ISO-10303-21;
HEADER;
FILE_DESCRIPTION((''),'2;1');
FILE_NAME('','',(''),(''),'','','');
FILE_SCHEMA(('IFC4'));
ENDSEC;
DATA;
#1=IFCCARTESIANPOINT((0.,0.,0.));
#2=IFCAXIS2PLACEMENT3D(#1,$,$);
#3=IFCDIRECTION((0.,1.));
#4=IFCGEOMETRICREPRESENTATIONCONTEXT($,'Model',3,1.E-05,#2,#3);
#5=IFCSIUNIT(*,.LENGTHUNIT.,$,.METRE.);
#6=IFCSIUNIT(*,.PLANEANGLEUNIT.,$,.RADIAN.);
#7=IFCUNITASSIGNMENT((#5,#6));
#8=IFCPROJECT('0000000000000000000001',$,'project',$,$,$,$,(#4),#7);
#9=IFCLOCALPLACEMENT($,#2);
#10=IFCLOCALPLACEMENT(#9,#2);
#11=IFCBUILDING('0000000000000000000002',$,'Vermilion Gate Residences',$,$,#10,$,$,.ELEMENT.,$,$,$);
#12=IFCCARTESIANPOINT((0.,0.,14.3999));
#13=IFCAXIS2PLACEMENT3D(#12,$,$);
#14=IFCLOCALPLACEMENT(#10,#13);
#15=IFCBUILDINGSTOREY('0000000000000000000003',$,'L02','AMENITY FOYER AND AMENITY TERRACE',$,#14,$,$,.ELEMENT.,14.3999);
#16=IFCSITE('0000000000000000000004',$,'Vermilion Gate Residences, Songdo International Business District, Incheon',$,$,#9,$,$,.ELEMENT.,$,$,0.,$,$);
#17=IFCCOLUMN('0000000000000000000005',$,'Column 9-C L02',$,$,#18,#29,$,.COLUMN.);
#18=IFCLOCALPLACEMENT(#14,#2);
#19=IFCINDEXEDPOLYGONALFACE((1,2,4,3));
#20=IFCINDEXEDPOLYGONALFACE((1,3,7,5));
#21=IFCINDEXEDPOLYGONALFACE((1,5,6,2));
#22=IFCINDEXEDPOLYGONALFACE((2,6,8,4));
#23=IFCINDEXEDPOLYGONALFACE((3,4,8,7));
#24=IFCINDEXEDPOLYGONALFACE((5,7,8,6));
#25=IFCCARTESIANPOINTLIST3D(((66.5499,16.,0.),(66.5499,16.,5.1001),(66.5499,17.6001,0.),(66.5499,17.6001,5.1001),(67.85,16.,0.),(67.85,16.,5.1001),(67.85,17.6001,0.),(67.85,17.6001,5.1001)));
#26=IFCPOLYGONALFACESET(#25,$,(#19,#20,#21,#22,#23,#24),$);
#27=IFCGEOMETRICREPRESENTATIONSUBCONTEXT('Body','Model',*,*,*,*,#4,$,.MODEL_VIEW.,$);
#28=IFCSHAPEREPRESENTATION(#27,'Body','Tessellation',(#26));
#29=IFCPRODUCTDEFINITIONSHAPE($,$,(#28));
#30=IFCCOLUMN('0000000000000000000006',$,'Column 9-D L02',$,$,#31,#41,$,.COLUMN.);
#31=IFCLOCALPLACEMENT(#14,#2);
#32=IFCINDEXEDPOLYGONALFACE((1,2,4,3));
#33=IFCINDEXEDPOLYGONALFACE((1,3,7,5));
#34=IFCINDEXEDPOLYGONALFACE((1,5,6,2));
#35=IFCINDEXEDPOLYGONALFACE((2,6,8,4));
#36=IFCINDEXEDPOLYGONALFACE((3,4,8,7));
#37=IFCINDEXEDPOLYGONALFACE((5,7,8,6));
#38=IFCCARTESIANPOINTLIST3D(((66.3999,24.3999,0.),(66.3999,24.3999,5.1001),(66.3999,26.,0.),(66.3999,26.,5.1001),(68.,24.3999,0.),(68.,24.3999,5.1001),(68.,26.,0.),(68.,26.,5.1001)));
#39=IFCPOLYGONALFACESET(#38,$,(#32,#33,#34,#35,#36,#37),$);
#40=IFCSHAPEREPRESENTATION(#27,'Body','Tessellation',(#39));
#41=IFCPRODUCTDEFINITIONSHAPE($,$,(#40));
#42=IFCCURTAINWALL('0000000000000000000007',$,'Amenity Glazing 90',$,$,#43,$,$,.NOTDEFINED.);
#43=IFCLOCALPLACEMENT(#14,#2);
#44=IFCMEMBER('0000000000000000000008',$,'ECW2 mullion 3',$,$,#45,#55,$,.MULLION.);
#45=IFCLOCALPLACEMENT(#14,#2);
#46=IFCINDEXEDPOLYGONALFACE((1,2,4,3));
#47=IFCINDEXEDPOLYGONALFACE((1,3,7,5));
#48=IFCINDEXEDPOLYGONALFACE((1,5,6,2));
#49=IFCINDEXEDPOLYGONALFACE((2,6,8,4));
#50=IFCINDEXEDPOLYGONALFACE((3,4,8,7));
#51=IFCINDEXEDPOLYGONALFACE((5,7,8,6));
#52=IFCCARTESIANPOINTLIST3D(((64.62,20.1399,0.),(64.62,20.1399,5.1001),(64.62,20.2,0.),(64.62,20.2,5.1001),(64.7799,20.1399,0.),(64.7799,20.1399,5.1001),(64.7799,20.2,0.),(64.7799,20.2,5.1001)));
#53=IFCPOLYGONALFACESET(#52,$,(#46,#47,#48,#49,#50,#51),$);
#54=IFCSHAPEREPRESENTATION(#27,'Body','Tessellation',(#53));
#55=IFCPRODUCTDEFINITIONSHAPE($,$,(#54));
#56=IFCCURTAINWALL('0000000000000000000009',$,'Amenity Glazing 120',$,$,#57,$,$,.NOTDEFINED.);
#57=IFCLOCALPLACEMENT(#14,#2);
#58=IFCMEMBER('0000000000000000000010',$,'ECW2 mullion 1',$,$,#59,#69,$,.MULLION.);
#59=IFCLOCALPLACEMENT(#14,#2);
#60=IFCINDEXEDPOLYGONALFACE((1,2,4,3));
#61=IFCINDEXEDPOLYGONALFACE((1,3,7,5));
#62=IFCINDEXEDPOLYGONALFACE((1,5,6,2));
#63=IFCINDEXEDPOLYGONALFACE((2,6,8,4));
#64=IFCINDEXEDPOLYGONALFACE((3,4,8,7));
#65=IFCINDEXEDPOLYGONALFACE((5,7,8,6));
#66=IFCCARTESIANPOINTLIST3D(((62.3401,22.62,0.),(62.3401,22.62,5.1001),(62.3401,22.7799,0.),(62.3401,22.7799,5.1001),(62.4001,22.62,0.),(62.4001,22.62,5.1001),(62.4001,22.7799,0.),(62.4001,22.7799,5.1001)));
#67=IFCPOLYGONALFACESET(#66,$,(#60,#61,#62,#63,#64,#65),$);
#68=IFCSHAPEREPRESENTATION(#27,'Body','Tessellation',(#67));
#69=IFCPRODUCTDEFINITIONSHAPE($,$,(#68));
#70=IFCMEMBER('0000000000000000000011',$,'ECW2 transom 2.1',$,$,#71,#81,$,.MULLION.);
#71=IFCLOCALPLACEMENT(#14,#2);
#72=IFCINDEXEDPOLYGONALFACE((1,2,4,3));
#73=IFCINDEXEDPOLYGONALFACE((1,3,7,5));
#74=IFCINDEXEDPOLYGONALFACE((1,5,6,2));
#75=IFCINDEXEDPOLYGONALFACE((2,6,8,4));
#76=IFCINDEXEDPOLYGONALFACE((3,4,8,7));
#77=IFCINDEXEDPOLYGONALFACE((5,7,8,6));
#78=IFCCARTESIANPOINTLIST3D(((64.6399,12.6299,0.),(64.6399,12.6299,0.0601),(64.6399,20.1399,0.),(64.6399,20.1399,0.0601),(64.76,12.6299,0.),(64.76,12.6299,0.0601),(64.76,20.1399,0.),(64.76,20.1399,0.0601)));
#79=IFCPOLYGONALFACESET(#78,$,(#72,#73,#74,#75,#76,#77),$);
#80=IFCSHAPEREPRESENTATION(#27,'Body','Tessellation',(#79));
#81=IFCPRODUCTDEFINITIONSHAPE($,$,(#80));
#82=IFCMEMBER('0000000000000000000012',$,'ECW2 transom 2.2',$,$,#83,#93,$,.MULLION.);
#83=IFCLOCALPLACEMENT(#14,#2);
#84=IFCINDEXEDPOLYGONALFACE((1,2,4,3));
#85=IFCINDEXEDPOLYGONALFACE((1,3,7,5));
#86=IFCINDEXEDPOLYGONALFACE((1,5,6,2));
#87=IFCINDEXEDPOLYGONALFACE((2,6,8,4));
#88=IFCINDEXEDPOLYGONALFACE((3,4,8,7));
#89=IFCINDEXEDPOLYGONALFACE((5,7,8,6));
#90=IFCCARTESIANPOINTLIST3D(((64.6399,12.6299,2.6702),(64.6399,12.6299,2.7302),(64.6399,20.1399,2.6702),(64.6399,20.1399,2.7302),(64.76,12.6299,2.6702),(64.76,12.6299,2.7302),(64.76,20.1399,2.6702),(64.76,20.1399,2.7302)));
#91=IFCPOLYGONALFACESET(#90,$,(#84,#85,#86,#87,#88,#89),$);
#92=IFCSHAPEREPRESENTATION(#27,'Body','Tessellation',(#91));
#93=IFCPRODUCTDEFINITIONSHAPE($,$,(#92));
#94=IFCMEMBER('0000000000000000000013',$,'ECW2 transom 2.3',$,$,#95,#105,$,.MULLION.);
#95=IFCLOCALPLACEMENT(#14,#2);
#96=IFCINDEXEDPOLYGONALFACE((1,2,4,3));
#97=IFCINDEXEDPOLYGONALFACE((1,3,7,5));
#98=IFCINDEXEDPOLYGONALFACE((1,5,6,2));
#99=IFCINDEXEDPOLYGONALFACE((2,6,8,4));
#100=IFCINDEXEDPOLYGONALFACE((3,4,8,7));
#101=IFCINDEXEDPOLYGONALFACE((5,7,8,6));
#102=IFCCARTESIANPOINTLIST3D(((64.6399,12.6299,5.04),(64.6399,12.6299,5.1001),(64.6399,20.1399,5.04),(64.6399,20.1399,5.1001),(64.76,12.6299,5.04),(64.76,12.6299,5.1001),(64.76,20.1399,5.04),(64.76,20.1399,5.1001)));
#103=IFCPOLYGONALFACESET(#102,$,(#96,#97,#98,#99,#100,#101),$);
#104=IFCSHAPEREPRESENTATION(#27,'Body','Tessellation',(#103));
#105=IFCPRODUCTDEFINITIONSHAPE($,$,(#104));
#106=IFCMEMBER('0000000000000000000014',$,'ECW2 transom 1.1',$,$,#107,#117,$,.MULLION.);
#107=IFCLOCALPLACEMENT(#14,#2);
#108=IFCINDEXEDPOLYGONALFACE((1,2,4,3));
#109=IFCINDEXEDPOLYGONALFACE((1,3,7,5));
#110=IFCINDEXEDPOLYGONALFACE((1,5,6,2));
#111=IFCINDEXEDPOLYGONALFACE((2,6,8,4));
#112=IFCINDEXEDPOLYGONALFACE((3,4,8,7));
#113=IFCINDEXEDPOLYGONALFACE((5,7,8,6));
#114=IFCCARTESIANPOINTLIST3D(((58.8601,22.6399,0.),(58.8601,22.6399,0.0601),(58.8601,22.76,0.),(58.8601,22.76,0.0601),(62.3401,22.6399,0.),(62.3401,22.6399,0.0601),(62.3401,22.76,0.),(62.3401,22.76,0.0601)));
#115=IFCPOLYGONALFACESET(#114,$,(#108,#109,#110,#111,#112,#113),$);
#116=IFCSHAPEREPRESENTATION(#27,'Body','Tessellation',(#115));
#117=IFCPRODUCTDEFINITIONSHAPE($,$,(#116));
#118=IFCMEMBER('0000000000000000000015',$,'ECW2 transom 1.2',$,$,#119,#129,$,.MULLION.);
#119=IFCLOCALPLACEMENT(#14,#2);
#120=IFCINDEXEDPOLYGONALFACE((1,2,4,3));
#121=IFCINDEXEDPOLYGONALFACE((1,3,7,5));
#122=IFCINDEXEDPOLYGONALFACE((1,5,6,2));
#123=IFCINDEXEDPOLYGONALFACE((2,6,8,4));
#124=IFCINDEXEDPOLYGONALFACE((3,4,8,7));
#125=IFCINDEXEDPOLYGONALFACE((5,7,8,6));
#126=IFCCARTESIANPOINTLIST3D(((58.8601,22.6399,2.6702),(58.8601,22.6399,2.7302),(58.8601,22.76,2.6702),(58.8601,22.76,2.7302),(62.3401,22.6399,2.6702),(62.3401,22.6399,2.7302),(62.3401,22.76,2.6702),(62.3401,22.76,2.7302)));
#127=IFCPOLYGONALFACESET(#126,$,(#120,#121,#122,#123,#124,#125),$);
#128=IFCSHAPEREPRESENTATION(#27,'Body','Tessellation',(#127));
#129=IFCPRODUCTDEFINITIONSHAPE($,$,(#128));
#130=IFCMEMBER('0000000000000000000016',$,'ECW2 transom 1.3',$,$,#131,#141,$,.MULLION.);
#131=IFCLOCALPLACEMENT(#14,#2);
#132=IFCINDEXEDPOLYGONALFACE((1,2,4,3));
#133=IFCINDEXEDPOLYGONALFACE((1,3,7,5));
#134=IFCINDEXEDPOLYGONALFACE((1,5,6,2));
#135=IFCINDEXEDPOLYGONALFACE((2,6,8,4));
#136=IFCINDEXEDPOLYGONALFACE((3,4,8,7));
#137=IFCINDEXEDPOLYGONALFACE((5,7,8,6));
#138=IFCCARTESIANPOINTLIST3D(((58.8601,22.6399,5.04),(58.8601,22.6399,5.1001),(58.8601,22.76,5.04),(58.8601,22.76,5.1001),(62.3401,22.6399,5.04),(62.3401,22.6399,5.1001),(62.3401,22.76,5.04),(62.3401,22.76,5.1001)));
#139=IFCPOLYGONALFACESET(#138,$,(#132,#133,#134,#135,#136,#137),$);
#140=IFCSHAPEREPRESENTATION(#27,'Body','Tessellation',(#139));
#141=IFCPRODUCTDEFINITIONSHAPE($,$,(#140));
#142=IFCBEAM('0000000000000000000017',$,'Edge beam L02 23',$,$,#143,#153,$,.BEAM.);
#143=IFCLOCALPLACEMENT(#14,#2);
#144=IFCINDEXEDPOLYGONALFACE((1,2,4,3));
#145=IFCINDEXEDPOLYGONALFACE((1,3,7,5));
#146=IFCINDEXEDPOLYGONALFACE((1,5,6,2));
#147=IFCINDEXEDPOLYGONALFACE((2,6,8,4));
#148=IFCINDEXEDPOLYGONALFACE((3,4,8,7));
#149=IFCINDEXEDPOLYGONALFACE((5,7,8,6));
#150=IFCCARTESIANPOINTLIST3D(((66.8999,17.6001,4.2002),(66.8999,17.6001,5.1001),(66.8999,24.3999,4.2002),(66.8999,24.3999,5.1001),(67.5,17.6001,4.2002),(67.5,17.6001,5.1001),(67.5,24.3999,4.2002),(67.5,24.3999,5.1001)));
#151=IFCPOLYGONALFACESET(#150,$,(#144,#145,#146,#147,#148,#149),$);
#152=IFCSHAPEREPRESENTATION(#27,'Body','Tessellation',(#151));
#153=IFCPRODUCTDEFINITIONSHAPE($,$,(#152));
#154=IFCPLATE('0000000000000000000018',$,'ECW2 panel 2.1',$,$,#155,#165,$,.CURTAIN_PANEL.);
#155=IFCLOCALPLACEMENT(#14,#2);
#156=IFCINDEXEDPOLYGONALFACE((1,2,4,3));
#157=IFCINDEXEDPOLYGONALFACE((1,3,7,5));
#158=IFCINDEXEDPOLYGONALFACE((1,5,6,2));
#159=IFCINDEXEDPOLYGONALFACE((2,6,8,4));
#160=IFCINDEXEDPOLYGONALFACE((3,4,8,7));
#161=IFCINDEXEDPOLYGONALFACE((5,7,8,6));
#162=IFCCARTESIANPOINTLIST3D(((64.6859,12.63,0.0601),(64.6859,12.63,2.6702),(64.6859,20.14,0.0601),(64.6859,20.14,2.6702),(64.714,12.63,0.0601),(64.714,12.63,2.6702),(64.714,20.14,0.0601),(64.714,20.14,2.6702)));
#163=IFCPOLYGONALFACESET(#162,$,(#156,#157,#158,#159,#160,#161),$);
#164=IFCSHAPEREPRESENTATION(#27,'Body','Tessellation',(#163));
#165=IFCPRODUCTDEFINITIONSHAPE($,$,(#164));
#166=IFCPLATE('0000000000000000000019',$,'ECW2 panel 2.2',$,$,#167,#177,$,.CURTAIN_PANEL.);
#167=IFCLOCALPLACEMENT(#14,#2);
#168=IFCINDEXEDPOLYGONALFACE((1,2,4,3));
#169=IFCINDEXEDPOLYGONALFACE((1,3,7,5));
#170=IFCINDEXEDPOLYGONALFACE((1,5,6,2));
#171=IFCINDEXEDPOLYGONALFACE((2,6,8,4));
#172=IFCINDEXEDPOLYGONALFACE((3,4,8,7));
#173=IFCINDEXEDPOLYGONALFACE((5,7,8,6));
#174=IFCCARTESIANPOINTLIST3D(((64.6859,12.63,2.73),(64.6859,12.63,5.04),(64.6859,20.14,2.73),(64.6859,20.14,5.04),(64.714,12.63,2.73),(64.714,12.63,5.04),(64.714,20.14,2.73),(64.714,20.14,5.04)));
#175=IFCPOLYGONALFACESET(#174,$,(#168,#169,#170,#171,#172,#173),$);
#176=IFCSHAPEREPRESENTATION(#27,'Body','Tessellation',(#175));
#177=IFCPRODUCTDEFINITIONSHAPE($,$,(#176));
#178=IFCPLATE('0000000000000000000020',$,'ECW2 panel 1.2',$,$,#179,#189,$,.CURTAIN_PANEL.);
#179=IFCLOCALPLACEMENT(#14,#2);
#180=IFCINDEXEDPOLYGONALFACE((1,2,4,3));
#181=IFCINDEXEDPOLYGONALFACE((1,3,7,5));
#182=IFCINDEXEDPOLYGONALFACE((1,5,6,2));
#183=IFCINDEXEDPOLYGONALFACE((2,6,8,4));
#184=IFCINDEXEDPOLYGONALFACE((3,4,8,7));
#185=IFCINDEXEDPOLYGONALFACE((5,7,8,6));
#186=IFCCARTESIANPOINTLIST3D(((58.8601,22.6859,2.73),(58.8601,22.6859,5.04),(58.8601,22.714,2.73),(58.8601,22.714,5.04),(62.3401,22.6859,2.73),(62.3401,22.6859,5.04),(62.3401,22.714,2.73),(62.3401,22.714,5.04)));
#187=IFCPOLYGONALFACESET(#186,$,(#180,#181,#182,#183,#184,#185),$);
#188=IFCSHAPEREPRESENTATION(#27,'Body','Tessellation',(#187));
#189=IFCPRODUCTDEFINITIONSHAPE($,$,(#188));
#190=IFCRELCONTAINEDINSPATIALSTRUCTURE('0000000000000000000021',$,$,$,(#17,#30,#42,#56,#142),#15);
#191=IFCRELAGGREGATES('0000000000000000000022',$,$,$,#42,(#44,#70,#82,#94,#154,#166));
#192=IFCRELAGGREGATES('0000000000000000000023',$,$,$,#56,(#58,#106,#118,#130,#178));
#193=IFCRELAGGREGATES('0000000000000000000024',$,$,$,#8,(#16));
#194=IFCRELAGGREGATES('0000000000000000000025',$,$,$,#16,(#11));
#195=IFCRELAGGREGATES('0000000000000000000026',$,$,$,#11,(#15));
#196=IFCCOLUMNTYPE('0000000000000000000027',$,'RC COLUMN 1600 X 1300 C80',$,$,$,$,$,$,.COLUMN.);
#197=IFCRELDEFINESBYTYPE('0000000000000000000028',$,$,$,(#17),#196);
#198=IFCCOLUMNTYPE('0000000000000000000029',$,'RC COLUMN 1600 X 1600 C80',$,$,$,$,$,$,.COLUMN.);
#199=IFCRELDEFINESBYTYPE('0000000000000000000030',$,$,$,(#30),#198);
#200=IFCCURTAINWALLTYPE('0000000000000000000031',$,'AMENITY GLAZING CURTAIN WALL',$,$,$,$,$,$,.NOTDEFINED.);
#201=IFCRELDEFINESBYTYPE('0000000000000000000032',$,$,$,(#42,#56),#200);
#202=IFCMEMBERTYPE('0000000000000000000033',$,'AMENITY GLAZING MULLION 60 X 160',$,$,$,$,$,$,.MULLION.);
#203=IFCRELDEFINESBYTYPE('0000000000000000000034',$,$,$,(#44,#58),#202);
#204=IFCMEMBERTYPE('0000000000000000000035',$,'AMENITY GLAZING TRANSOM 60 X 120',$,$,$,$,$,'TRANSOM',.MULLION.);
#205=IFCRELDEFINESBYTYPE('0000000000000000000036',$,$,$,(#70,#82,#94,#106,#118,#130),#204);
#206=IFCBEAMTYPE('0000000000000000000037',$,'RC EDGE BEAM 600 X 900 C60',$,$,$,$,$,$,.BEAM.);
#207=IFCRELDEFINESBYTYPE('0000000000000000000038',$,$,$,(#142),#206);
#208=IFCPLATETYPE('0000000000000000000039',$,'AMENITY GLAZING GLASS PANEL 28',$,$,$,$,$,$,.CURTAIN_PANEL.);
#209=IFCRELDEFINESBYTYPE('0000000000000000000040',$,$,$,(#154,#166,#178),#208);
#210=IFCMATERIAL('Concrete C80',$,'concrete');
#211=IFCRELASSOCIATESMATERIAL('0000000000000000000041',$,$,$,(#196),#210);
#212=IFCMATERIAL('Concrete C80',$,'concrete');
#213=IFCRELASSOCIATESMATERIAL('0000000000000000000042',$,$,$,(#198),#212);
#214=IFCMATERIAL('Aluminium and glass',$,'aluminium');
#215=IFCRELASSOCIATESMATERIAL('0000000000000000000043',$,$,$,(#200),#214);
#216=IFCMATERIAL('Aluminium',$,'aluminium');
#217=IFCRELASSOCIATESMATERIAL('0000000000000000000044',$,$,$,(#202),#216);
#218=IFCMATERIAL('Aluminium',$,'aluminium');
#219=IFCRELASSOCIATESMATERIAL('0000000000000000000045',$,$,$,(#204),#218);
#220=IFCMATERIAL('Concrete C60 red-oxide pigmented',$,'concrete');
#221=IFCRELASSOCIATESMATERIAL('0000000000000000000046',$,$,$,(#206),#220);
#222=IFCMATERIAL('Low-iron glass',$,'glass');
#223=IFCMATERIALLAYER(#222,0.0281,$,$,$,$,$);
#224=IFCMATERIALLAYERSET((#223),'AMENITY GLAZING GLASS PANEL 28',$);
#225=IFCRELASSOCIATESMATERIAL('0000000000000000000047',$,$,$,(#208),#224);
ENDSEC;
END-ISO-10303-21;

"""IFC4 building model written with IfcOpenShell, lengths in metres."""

from ifc_helpers import new_model, si_unit, direction, frame, origin, origin_2d, place, context, subcontext, project, spatial, rectangle, extrude, material, layer, layer_set, material_profile, profile_set, type_object, element, aggregate, save


model = new_model("IFC4")

# Units and contexts
model_context = context("Model", 3, precision=1e-05, world=origin(), true_north=direction((0.0, 1.0)))
body_context = subcontext(model_context, "Body", "Model", "MODEL_VIEW")
ifc_project = project(units=[si_unit("LENGTHUNIT", "METRE"), si_unit("PLANEANGLEUNIT", "RADIAN")], contexts=[model_context])

# Site, building, storey
site_placement = place(None, origin())
site = spatial("IfcSite", under=ifc_project, at=site_placement, Name="Vermilion Gate Residences, Songdo International Business District, Incheon", CompositionType="ELEMENT", RefElevation=0.0)
building_placement = place(site_placement, origin())
building = spatial("IfcBuilding", under=site, at=building_placement, Name="Vermilion Gate Residences", CompositionType="ELEMENT")
storey_placement = place(building_placement, frame((0.0, 0.0, 14.3999)))
storey = spatial("IfcBuildingStorey", under=building, at=storey_placement, Name="L02", Description="AMENITY FOYER AND AMENITY TERRACE", CompositionType="ELEMENT", Elevation=14.3999)

# Columns
ifc_material_1 = material(Name="Concrete C80", Category="concrete")
ifc_material_profile_1 = material_profile(ifc_material_1, rectangle(XDim=1.6001, YDim=1.3, at=origin_2d()), Name="RC-1600x1300")
ifc_profile_set_1 = profile_set([ifc_material_profile_1], Name="Concrete C80")
column_type_1 = type_object("IfcColumnType", Name="RC COLUMN 1600 X 1300 C80", PredefinedType="COLUMN", material=ifc_profile_set_1)
column_1_placement = place(storey_placement, frame((67.2, 16.8, 0.0), z_axis=(0.0, 0.0, 1.0), x_axis=(0.0, 1.0, 0.0)))
element("IfcColumn", 1, at=column_1_placement, inside=storey, type_object=column_type_1, Name="Column 9-C L02", PredefinedType="COLUMN", context=body_context, shape_type="SweptSolid", body=[
    extrude(rectangle(XDim=1.6001, YDim=1.3, at=origin_2d()), origin(), (0.0, 0.0, 1.0), 5.1001),
])
ifc_material_2 = material(Name="Concrete C80", Category="concrete")
ifc_material_profile_2 = material_profile(ifc_material_2, rectangle(XDim=1.6001, YDim=1.6001, at=origin_2d()), Name="RC-1600x1600")
ifc_profile_set_2 = profile_set([ifc_material_profile_2], Name="Concrete C80")
column_type_2 = type_object("IfcColumnType", Name="RC COLUMN 1600 X 1600 C80", PredefinedType="COLUMN", material=ifc_profile_set_2)
column_2_placement = place(storey_placement, frame((67.2, 25.2, 0.0), z_axis=(0.0, 0.0, 1.0), x_axis=(1.0, 0.0, 0.0)))
element("IfcColumn", 2, at=column_2_placement, inside=storey, type_object=column_type_2, Name="Column 9-D L02", PredefinedType="COLUMN", context=body_context, shape_type="SweptSolid", body=[
    extrude(rectangle(XDim=1.6001, YDim=1.6001, at=origin_2d()), origin(), (0.0, 0.0, 1.0), 5.1001),
])

# Curtain walls, members
ifc_material_3 = material(Name="Aluminium and glass", Category="aluminium")
curtain_wall_type = type_object("IfcCurtainWallType", Name="AMENITY GLAZING CURTAIN WALL", PredefinedType="NOTDEFINED", material=ifc_material_3)
curtain_wall_1_placement = place(storey_placement, origin())
curtain_wall_1 = element("IfcCurtainWall", 3, at=curtain_wall_1_placement, inside=storey, type_object=curtain_wall_type, Name="Amenity Glazing 90", PredefinedType="NOTDEFINED")
ifc_material_4 = material(Name="Aluminium", Category="aluminium")
ifc_material_profile_3 = material_profile(ifc_material_4, rectangle(XDim=0.1599, YDim=0.0601, at=origin_2d()), Name="MULLION 60 X 160")
ifc_profile_set_3 = profile_set([ifc_material_profile_3], Name="Aluminium")
member_type_1 = type_object("IfcMemberType", Name="AMENITY GLAZING MULLION 60 X 160", PredefinedType="MULLION", material=ifc_profile_set_3)
member_1_placement = place(storey_placement, frame((64.7, 20.1699, 0.0), z_axis=(0.0, 0.0, 1.0), x_axis=(-1.0, 0.0, 0.0)))
member_1 = element("IfcMember", 4, at=member_1_placement, type_object=member_type_1, Name="ECW2 mullion 3", PredefinedType="MULLION", context=body_context, shape_type="SweptSolid", body=[
    extrude(rectangle(XDim=0.1599, YDim=0.0601, at=origin_2d()), origin(), (0.0, 0.0, 1.0), 5.1001),
])
curtain_wall_2_placement = place(storey_placement, origin())
curtain_wall_2 = element("IfcCurtainWall", 5, at=curtain_wall_2_placement, inside=storey, type_object=curtain_wall_type, Name="Amenity Glazing 120", PredefinedType="NOTDEFINED")
member_2_placement = place(storey_placement, frame((62.3701, 22.7, 0.0), z_axis=(0.0, 0.0, 1.0), x_axis=(0.0, -1.0, 0.0)))
member_2 = element("IfcMember", 6, at=member_2_placement, type_object=member_type_1, Name="ECW2 mullion 1", PredefinedType="MULLION", context=body_context, shape_type="SweptSolid", body=[
    extrude(rectangle(XDim=0.1599, YDim=0.0601, at=origin_2d()), origin(), (0.0, 0.0, 1.0), 5.1001),
])

# Members
ifc_material_5 = material(Name="Aluminium", Category="aluminium")
ifc_material_profile_4 = material_profile(ifc_material_5, rectangle(XDim=0.1201, YDim=0.0601, at=origin_2d()), Name="TRANSOM 60 X 120")
ifc_profile_set_4 = profile_set([ifc_material_profile_4], Name="Aluminium")
member_type_2 = type_object("IfcMemberType", Name="AMENITY GLAZING TRANSOM 60 X 120", ElementType="TRANSOM", PredefinedType="MULLION", material=ifc_profile_set_4)
member_3_placement = place(storey_placement, frame((64.7, 12.6299, 0.03), z_axis=(0.0, 1.0, 0.0), x_axis=(-1.0, 0.0, 0.0)))
member_3 = element("IfcMember", 7, at=member_3_placement, type_object=member_type_2, Name="ECW2 transom 2.1", PredefinedType="MULLION", context=body_context, shape_type="SweptSolid", body=[
    extrude(rectangle(XDim=0.1201, YDim=0.0601, at=origin_2d()), origin(), (0.0, 0.0, 1.0), 7.51),
])
member_4_placement = place(storey_placement, frame((64.7, 12.6299, 2.7002), z_axis=(0.0, 1.0, 0.0), x_axis=(-1.0, 0.0, 0.0)))
member_4 = element("IfcMember", 8, at=member_4_placement, type_object=member_type_2, Name="ECW2 transom 2.2", PredefinedType="MULLION", context=body_context, shape_type="SweptSolid", body=[
    extrude(rectangle(XDim=0.1201, YDim=0.0601, at=origin_2d()), origin(), (0.0, 0.0, 1.0), 7.51),
])
member_5_placement = place(storey_placement, frame((64.7, 12.6299, 5.0701), z_axis=(0.0, 1.0, 0.0), x_axis=(-1.0, 0.0, 0.0)))
member_5 = element("IfcMember", 9, at=member_5_placement, type_object=member_type_2, Name="ECW2 transom 2.3", PredefinedType="MULLION", context=body_context, shape_type="SweptSolid", body=[
    extrude(rectangle(XDim=0.1201, YDim=0.0601, at=origin_2d()), origin(), (0.0, 0.0, 1.0), 7.51),
])
member_6_placement = place(storey_placement, frame((62.3401, 22.7, 0.03), z_axis=(-1.0, 0.0, 0.0), x_axis=(0.0, -1.0, 0.0)))
member_6 = element("IfcMember", 10, at=member_6_placement, type_object=member_type_2, Name="ECW2 transom 1.1", PredefinedType="MULLION", context=body_context, shape_type="SweptSolid", body=[
    extrude(rectangle(XDim=0.1201, YDim=0.0601, at=origin_2d()), origin(), (0.0, 0.0, 1.0), 3.48),
])
member_7_placement = place(storey_placement, frame((62.3401, 22.7, 2.7002), z_axis=(-1.0, 0.0, 0.0), x_axis=(0.0, -1.0, 0.0)))
member_7 = element("IfcMember", 11, at=member_7_placement, type_object=member_type_2, Name="ECW2 transom 1.2", PredefinedType="MULLION", context=body_context, shape_type="SweptSolid", body=[
    extrude(rectangle(XDim=0.1201, YDim=0.0601, at=origin_2d()), origin(), (0.0, 0.0, 1.0), 3.48),
])
member_8_placement = place(storey_placement, frame((62.3401, 22.7, 5.0701), z_axis=(-1.0, 0.0, 0.0), x_axis=(0.0, -1.0, 0.0)))
member_8 = element("IfcMember", 12, at=member_8_placement, type_object=member_type_2, Name="ECW2 transom 1.3", PredefinedType="MULLION", context=body_context, shape_type="SweptSolid", body=[
    extrude(rectangle(XDim=0.1201, YDim=0.0601, at=origin_2d()), origin(), (0.0, 0.0, 1.0), 3.48),
])

# Beam
ifc_material_6 = material(Name="Concrete C60 red-oxide pigmented", Category="concrete")
ifc_material_profile_5 = material_profile(ifc_material_6, rectangle(XDim=0.6001, YDim=0.8999, at=origin_2d()), Name="RC-600x900")
ifc_profile_set_5 = profile_set([ifc_material_profile_5], Name="Concrete C60 red-oxide pigmented")
beam_type = type_object("IfcBeamType", Name="RC EDGE BEAM 600 X 900 C60", PredefinedType="BEAM", material=ifc_profile_set_5)
beam_placement = place(storey_placement, frame((67.2, 17.6001, 4.6501), z_axis=(0.0, 1.0, 0.0), x_axis=(-1.0, 0.0, 0.0)))
element("IfcBeam", 13, at=beam_placement, inside=storey, type_object=beam_type, Name="Edge beam L02 23", PredefinedType="BEAM", context=body_context, shape_type="SweptSolid", body=[
    extrude(rectangle(XDim=0.6001, YDim=0.8999, at=origin_2d()), origin(), (0.0, 0.0, 1.0), 6.7998),
])

# Plates
ifc_material_7 = material(Name="Low-iron glass", Category="glass")
ifc_layer_1 = layer(ifc_material_7, 0.0281)
ifc_layer_set_1 = layer_set([ifc_layer_1], Name="AMENITY GLAZING GLASS PANEL 28")
plate_type = type_object("IfcPlateType", Name="AMENITY GLAZING GLASS PANEL 28", PredefinedType="CURTAIN_PANEL", material=ifc_layer_set_1)
plate_1_placement = place(storey_placement, frame((64.7, 16.385, 0.0601), z_axis=(0.0, 0.0, 1.0), x_axis=(0.0, 1.0, 0.0)))
plate_1 = element("IfcPlate", 14, at=plate_1_placement, type_object=plate_type, Name="ECW2 panel 2.1", PredefinedType="CURTAIN_PANEL", context=body_context, shape_type="SweptSolid", body=[
    extrude(rectangle(XDim=7.51, YDim=0.0281, at=origin_2d()), origin(), (0.0, 0.0, 1.0), 2.6101),
])
plate_2_placement = place(storey_placement, frame((64.7, 16.385, 2.73), z_axis=(0.0, 0.0, 1.0), x_axis=(0.0, 1.0, 0.0)))
plate_2 = element("IfcPlate", 15, at=plate_2_placement, type_object=plate_type, Name="ECW2 panel 2.2", PredefinedType="CURTAIN_PANEL", context=body_context, shape_type="SweptSolid", body=[
    extrude(rectangle(XDim=7.51, YDim=0.0281, at=origin_2d()), origin(), (0.0, 0.0, 1.0), 2.3101),
])
aggregate(curtain_wall_1, [member_1, member_3, member_4, member_5, plate_1, plate_2])
plate_3_placement = place(storey_placement, frame((60.6001, 22.7, 2.73), z_axis=(0.0, 0.0, 1.0), x_axis=(-1.0, 0.0, 0.0)))
plate_3 = element("IfcPlate", 16, at=plate_3_placement, type_object=plate_type, Name="ECW2 panel 1.2", PredefinedType="CURTAIN_PANEL", context=body_context, shape_type="SweptSolid", body=[
    extrude(rectangle(XDim=3.48, YDim=0.0281, at=origin_2d()), origin(), (0.0, 0.0, 1.0), 2.3101),
])
aggregate(curtain_wall_2, [member_2, member_6, member_7, member_8, plate_3])

save(model, "model.ifc")
